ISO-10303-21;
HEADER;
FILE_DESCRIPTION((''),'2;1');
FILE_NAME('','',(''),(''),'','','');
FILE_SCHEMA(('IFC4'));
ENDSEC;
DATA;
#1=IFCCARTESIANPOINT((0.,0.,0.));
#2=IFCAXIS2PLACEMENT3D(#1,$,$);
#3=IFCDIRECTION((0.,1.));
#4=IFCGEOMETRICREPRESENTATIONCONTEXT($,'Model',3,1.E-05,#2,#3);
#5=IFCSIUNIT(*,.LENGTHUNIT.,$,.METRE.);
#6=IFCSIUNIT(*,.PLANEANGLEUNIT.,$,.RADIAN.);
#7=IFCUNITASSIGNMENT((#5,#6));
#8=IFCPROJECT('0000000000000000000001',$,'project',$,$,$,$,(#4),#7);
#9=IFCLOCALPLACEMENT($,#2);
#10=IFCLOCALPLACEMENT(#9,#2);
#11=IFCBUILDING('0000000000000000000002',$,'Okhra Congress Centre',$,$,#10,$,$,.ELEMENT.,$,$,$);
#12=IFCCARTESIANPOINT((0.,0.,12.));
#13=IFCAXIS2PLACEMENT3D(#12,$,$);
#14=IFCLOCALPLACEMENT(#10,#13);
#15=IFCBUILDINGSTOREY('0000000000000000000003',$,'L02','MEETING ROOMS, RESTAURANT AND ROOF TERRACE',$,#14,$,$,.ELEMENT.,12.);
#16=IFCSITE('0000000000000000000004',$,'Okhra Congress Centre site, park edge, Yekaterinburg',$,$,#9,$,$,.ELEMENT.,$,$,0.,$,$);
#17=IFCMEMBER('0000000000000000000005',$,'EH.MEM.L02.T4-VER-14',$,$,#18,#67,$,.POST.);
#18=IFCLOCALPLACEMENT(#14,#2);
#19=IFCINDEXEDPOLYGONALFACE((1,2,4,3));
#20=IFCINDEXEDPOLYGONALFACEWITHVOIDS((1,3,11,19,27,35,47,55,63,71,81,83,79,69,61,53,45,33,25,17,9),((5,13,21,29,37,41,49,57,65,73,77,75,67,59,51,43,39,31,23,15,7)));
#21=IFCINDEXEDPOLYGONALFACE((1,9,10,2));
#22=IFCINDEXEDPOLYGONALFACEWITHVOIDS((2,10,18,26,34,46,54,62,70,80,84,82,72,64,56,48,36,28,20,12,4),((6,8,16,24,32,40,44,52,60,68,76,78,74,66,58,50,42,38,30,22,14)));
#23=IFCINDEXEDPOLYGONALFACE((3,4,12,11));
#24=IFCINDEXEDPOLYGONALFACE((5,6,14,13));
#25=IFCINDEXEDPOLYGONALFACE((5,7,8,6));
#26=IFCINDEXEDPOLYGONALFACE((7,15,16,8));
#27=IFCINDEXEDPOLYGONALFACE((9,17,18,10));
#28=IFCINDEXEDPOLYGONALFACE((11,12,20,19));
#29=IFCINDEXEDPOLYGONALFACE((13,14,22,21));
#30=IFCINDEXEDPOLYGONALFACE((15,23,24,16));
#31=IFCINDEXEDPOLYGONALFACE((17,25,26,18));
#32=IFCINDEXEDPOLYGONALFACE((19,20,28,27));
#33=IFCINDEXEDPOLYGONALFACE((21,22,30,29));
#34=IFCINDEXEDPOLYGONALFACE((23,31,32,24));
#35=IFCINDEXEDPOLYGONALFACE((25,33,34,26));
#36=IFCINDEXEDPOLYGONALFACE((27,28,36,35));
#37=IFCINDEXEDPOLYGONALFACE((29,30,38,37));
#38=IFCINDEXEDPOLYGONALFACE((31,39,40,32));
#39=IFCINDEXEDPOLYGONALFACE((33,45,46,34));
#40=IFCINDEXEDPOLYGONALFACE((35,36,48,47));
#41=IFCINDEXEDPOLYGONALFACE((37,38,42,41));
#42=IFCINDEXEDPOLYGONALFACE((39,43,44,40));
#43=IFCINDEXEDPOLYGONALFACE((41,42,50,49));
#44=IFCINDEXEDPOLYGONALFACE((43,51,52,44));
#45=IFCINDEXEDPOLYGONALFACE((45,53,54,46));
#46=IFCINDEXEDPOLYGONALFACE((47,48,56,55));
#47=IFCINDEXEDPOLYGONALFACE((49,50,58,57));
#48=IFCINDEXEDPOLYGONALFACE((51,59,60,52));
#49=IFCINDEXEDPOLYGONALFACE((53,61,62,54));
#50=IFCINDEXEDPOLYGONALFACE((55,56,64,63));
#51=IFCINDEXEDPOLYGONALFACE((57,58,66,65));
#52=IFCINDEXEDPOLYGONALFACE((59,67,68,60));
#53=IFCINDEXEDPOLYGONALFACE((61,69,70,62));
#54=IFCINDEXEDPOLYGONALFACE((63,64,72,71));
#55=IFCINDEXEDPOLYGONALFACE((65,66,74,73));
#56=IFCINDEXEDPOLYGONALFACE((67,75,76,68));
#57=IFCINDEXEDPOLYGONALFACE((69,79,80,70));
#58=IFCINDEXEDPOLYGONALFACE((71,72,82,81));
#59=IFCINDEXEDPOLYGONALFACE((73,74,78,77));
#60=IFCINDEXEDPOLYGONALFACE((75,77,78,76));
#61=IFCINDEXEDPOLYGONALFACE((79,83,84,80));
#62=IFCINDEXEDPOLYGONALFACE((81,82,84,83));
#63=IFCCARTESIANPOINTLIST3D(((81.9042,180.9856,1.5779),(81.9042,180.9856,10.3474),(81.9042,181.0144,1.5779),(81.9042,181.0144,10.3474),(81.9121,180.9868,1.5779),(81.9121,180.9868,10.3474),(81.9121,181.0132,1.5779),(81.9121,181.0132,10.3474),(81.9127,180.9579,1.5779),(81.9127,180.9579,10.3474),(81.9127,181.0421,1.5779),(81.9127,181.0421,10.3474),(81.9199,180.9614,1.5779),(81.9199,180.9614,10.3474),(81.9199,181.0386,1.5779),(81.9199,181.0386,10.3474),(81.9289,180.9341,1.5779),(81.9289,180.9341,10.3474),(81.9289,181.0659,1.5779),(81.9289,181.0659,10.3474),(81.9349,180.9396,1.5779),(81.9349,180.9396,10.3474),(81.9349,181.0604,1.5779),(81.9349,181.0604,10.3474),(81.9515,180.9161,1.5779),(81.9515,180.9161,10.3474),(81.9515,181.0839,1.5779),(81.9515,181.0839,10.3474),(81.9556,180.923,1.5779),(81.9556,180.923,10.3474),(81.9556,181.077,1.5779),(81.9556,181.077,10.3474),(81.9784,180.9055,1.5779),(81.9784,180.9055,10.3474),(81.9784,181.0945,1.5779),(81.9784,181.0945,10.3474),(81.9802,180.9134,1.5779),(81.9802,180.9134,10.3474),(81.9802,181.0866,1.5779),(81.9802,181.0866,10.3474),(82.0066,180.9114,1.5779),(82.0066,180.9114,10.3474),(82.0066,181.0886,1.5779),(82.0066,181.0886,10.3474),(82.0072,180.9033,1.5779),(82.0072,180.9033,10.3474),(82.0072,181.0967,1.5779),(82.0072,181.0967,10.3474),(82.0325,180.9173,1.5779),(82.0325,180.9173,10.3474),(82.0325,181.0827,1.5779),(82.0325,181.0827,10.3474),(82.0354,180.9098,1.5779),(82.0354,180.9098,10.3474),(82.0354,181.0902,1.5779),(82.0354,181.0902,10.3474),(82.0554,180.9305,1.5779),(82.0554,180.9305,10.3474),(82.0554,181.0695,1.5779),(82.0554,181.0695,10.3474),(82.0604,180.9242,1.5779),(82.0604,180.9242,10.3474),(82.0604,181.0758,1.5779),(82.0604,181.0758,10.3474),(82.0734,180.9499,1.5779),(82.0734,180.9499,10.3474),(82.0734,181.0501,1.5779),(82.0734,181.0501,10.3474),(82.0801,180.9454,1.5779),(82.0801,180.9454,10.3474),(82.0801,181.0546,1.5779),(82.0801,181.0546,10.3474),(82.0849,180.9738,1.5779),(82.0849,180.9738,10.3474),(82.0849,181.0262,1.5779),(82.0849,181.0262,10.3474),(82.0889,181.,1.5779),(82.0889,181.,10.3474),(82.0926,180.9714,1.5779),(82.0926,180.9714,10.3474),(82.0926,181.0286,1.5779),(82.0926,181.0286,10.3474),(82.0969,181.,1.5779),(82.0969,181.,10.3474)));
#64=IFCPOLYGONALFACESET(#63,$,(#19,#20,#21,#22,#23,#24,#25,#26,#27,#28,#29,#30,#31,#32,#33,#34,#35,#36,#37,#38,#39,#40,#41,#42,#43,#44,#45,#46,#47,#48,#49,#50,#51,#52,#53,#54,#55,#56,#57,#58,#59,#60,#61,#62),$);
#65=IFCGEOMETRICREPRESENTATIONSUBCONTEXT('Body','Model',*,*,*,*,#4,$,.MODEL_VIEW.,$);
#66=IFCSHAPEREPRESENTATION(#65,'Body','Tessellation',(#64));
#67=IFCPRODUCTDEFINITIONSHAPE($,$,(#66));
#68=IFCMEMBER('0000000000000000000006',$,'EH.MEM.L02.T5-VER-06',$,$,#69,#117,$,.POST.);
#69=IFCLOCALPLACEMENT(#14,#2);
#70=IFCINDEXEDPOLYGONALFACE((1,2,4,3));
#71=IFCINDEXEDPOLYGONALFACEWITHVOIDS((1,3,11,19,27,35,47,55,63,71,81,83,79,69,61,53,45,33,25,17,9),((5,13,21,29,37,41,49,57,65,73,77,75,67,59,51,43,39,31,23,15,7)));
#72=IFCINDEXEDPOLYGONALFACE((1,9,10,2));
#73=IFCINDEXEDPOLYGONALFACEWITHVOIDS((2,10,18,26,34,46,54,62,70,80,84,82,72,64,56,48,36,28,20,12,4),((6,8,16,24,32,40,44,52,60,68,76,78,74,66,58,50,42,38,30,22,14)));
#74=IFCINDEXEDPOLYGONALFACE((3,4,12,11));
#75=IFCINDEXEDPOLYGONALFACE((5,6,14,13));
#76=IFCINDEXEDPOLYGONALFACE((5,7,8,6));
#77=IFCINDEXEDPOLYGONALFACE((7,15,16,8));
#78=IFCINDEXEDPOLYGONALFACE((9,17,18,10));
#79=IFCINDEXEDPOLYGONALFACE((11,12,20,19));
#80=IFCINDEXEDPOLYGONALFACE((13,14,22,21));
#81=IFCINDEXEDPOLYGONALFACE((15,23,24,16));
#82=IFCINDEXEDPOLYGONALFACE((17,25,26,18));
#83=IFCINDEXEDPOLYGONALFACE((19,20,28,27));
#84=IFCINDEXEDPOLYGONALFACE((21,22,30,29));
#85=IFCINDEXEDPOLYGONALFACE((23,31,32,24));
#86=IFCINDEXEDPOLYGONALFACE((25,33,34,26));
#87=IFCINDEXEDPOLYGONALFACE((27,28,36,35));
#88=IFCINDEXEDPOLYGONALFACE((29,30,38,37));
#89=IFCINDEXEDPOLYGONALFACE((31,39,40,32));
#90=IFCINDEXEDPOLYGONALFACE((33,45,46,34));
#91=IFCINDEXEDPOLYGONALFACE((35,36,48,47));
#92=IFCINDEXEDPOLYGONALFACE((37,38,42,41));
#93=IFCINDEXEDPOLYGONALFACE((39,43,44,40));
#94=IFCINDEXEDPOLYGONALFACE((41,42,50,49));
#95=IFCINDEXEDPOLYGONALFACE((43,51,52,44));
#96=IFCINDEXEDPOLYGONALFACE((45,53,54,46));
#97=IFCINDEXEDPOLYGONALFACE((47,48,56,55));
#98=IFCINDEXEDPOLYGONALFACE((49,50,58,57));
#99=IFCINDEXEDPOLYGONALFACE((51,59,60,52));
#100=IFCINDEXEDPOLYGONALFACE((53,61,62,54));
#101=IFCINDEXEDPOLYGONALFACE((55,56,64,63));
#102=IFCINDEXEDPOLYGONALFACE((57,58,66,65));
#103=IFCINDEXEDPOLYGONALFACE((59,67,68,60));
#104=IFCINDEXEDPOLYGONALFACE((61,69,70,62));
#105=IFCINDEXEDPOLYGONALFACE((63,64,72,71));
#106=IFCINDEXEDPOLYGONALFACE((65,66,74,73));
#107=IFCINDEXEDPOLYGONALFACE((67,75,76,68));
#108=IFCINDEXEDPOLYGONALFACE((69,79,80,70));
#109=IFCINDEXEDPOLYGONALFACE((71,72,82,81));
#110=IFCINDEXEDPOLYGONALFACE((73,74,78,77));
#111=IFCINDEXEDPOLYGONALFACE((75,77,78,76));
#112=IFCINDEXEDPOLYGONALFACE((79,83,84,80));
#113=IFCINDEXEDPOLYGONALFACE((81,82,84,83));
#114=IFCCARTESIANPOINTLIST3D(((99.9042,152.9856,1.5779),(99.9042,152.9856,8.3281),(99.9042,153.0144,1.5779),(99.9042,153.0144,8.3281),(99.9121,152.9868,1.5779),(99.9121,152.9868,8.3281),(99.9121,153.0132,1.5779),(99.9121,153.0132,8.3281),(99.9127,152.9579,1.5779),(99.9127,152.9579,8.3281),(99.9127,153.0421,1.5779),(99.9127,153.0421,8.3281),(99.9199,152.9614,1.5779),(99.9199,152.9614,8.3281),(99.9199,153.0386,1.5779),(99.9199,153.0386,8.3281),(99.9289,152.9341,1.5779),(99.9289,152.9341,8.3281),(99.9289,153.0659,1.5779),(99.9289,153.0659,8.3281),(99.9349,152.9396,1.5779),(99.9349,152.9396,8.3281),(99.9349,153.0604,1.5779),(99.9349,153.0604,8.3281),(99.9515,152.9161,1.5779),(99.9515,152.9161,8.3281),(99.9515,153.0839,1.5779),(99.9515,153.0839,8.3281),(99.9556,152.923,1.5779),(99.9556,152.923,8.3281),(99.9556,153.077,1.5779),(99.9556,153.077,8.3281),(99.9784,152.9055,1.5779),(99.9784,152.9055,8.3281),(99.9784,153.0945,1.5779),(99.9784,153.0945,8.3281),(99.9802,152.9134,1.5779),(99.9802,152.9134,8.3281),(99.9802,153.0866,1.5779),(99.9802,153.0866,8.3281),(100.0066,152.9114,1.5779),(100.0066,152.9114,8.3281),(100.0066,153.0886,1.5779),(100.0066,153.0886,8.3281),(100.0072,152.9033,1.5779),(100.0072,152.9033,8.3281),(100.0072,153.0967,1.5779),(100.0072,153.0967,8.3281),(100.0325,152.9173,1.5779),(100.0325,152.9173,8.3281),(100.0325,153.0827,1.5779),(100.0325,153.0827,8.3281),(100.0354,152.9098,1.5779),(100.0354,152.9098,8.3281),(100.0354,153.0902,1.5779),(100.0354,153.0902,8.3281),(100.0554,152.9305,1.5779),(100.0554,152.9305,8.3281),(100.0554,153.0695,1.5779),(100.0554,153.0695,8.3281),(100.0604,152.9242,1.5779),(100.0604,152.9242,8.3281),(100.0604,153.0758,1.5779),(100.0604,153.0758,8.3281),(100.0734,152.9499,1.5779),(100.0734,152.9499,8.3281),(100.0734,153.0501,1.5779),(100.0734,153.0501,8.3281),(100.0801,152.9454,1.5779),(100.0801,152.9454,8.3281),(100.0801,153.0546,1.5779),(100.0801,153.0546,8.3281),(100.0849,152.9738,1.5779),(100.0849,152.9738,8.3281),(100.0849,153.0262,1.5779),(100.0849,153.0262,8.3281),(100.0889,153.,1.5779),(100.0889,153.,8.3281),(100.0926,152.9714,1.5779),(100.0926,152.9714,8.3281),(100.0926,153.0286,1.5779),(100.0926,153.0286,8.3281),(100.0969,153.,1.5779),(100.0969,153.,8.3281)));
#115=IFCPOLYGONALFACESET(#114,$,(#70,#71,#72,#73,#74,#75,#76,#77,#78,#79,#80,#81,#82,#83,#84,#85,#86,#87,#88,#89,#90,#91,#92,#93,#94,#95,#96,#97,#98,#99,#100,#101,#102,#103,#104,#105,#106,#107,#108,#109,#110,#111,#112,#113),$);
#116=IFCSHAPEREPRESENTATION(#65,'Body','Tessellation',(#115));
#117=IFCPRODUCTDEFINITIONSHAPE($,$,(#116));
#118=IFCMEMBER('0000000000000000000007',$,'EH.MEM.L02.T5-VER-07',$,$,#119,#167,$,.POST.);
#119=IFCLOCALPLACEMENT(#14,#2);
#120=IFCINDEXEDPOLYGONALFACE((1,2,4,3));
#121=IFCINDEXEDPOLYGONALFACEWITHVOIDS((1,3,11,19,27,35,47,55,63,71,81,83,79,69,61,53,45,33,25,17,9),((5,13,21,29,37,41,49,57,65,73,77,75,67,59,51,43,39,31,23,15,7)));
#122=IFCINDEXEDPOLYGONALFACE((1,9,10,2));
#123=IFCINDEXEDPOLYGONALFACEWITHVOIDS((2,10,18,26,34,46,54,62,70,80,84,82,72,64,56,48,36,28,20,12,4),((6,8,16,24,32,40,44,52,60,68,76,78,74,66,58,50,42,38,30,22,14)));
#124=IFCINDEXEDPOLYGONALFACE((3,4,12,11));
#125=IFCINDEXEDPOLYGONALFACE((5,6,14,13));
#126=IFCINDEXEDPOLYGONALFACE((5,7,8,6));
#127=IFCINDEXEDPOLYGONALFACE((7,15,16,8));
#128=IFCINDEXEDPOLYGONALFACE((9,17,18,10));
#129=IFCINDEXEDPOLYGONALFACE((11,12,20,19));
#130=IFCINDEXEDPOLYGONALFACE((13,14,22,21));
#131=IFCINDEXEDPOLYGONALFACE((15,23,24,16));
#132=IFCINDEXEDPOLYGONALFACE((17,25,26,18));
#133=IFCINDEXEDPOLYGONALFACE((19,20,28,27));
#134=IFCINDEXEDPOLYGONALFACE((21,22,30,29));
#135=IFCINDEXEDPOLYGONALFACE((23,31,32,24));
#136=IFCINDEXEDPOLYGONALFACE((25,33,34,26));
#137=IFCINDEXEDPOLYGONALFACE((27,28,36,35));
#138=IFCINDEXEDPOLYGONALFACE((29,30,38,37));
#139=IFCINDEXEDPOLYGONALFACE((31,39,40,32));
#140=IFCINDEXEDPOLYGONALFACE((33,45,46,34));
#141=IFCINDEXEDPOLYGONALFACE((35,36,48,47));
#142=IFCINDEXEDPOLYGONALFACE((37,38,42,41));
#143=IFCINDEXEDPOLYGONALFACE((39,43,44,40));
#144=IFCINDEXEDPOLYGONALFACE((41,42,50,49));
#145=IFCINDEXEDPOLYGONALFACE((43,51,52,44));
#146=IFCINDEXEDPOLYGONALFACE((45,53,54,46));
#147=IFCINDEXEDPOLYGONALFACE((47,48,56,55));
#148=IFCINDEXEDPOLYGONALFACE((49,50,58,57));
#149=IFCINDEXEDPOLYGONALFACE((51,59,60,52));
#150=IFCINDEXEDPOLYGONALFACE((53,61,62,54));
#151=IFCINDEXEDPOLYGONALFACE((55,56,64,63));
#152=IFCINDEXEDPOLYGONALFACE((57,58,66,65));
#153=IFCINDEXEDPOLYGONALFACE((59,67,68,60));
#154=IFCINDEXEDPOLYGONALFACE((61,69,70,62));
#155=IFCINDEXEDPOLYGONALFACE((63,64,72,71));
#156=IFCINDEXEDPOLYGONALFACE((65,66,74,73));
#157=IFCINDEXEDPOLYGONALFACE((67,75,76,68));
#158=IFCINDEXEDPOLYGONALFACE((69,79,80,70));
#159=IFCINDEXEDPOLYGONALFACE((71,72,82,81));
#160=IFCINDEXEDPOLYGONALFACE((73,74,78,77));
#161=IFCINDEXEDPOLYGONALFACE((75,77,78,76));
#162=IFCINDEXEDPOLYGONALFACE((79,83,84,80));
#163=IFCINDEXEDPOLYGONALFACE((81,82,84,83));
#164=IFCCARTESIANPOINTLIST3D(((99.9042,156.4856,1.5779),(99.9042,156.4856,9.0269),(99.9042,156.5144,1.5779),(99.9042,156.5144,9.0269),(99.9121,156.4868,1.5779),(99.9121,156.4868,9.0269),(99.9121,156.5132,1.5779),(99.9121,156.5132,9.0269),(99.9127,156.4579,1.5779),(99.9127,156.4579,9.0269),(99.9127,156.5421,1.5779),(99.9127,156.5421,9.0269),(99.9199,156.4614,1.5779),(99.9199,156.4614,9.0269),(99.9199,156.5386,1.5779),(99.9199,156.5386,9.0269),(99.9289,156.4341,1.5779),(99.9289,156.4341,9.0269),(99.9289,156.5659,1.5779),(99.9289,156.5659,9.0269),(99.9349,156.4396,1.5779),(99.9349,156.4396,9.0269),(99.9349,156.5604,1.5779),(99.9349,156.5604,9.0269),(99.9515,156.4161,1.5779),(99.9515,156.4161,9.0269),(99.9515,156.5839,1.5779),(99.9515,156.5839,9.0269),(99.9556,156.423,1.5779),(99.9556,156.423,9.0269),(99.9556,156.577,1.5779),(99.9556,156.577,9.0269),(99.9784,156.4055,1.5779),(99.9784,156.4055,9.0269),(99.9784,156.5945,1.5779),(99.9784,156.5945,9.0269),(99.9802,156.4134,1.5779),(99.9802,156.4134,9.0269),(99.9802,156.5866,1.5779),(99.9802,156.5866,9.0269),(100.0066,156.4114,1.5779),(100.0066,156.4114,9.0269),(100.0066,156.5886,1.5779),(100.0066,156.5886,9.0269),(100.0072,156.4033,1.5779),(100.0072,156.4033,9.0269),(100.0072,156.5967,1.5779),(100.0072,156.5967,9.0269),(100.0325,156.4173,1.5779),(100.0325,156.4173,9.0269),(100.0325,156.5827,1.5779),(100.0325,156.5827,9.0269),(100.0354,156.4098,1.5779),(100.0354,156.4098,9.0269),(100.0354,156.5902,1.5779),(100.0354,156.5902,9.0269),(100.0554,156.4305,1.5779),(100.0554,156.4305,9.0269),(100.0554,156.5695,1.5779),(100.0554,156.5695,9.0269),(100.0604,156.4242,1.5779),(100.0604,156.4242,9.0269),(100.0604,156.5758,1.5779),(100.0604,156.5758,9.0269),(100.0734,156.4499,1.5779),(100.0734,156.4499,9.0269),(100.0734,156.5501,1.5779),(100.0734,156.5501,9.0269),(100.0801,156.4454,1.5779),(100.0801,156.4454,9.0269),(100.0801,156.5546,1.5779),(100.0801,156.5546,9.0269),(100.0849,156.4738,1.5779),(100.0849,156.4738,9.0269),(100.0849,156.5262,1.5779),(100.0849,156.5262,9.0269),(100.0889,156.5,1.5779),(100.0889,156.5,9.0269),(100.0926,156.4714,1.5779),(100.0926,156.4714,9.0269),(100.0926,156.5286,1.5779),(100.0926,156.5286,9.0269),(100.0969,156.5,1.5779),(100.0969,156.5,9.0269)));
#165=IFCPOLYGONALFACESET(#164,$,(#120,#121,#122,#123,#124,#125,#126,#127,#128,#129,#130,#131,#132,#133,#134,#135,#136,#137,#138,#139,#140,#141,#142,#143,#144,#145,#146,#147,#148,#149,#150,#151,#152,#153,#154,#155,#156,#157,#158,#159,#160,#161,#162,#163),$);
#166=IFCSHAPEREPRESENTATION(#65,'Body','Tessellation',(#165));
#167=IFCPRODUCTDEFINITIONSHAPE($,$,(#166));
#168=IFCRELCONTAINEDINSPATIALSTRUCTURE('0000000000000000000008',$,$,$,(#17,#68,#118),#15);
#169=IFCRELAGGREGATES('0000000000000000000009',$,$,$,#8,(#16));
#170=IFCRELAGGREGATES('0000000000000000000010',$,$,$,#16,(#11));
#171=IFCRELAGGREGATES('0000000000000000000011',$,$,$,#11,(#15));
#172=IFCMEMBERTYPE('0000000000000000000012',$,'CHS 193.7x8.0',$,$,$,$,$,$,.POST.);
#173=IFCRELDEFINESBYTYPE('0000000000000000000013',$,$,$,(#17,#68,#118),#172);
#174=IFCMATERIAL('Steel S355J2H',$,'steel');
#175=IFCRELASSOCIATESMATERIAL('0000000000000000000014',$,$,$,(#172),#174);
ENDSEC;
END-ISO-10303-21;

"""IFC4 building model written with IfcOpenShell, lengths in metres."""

from ifc_helpers import new_model, si_unit, direction, frame, origin, origin_2d, place, context, subcontext, project, spatial, hollow_circle, extrude, material, material_profile, profile_set, type_object, element, save


model = new_model("IFC4")

# Units and contexts
model_context = context("Model", 3, precision=1e-05, world=origin(), true_north=direction((0.0, 1.0)))
body_context = subcontext(model_context, "Body", "Model", "MODEL_VIEW")
ifc_project = project(units=[si_unit("LENGTHUNIT", "METRE"), si_unit("PLANEANGLEUNIT", "RADIAN")], contexts=[model_context])

# Site, building, storey
site_placement = place(None, origin())
site = spatial("IfcSite", under=ifc_project, at=site_placement, Name="Okhra Congress Centre site, park edge, Yekaterinburg", CompositionType="ELEMENT", RefElevation=0.0)
building_placement = place(site_placement, origin())
building = spatial("IfcBuilding", under=site, at=building_placement, Name="Okhra Congress Centre", CompositionType="ELEMENT")
storey_placement = place(building_placement, frame((0.0, 0.0, 12.0)))
storey = spatial("IfcBuildingStorey", under=building, at=storey_placement, Name="L02", Description="MEETING ROOMS, RESTAURANT AND ROOF TERRACE", CompositionType="ELEMENT", Elevation=12.0)

# Members
ifc_material_1 = material(Name="Steel S355J2H", Category="steel")
ifc_material_profile_1 = material_profile(ifc_material_1, hollow_circle(Radius=0.0969, WallThickness=0.0081, at=origin_2d()), Name="CHS 193.7x8.0")
ifc_profile_set_1 = profile_set([ifc_material_profile_1], Name="Steel S355J2H")
member_type_1 = type_object("IfcMemberType", Name="CHS 193.7x8.0", PredefinedType="POST", material=ifc_profile_set_1)
member_1_placement = place(storey_placement, frame((82.0, 181.0, 1.5779), z_axis=(0.0, 0.0, 1.0), x_axis=(1.0, 0.0, 0.0)))
element("IfcMember", 1, at=member_1_placement, inside=storey, type_object=member_type_1, Name="EH.MEM.L02.T4-VER-14", PredefinedType="POST", context=body_context, shape_type="SweptSolid", body=[
    extrude(hollow_circle(Radius=0.0969, WallThickness=0.0081, at=origin_2d()), origin(), (0.0, 0.0, 1.0), 8.7695),
])
member_2_placement = place(storey_placement, frame((100.0, 153.0, 1.5779), z_axis=(0.0, 0.0, 1.0), x_axis=(1.0, 0.0, 0.0)))
element("IfcMember", 2, at=member_2_placement, inside=storey, type_object=member_type_1, Name="EH.MEM.L02.T5-VER-06", PredefinedType="POST", context=body_context, shape_type="SweptSolid", body=[
    extrude(hollow_circle(Radius=0.0969, WallThickness=0.0081, at=origin_2d()), origin(), (0.0, 0.0, 1.0), 6.7502),
])
member_3_placement = place(storey_placement, frame((100.0, 156.5, 1.5779), z_axis=(0.0, 0.0, 1.0), x_axis=(1.0, 0.0, 0.0)))
element("IfcMember", 3, at=member_3_placement, inside=storey, type_object=member_type_1, Name="EH.MEM.L02.T5-VER-07", PredefinedType="POST", context=body_context, shape_type="SweptSolid", body=[
    extrude(hollow_circle(Radius=0.0969, WallThickness=0.0081, at=origin_2d()), origin(), (0.0, 0.0, 1.0), 7.449),
])

save(model, "model.ifc")
